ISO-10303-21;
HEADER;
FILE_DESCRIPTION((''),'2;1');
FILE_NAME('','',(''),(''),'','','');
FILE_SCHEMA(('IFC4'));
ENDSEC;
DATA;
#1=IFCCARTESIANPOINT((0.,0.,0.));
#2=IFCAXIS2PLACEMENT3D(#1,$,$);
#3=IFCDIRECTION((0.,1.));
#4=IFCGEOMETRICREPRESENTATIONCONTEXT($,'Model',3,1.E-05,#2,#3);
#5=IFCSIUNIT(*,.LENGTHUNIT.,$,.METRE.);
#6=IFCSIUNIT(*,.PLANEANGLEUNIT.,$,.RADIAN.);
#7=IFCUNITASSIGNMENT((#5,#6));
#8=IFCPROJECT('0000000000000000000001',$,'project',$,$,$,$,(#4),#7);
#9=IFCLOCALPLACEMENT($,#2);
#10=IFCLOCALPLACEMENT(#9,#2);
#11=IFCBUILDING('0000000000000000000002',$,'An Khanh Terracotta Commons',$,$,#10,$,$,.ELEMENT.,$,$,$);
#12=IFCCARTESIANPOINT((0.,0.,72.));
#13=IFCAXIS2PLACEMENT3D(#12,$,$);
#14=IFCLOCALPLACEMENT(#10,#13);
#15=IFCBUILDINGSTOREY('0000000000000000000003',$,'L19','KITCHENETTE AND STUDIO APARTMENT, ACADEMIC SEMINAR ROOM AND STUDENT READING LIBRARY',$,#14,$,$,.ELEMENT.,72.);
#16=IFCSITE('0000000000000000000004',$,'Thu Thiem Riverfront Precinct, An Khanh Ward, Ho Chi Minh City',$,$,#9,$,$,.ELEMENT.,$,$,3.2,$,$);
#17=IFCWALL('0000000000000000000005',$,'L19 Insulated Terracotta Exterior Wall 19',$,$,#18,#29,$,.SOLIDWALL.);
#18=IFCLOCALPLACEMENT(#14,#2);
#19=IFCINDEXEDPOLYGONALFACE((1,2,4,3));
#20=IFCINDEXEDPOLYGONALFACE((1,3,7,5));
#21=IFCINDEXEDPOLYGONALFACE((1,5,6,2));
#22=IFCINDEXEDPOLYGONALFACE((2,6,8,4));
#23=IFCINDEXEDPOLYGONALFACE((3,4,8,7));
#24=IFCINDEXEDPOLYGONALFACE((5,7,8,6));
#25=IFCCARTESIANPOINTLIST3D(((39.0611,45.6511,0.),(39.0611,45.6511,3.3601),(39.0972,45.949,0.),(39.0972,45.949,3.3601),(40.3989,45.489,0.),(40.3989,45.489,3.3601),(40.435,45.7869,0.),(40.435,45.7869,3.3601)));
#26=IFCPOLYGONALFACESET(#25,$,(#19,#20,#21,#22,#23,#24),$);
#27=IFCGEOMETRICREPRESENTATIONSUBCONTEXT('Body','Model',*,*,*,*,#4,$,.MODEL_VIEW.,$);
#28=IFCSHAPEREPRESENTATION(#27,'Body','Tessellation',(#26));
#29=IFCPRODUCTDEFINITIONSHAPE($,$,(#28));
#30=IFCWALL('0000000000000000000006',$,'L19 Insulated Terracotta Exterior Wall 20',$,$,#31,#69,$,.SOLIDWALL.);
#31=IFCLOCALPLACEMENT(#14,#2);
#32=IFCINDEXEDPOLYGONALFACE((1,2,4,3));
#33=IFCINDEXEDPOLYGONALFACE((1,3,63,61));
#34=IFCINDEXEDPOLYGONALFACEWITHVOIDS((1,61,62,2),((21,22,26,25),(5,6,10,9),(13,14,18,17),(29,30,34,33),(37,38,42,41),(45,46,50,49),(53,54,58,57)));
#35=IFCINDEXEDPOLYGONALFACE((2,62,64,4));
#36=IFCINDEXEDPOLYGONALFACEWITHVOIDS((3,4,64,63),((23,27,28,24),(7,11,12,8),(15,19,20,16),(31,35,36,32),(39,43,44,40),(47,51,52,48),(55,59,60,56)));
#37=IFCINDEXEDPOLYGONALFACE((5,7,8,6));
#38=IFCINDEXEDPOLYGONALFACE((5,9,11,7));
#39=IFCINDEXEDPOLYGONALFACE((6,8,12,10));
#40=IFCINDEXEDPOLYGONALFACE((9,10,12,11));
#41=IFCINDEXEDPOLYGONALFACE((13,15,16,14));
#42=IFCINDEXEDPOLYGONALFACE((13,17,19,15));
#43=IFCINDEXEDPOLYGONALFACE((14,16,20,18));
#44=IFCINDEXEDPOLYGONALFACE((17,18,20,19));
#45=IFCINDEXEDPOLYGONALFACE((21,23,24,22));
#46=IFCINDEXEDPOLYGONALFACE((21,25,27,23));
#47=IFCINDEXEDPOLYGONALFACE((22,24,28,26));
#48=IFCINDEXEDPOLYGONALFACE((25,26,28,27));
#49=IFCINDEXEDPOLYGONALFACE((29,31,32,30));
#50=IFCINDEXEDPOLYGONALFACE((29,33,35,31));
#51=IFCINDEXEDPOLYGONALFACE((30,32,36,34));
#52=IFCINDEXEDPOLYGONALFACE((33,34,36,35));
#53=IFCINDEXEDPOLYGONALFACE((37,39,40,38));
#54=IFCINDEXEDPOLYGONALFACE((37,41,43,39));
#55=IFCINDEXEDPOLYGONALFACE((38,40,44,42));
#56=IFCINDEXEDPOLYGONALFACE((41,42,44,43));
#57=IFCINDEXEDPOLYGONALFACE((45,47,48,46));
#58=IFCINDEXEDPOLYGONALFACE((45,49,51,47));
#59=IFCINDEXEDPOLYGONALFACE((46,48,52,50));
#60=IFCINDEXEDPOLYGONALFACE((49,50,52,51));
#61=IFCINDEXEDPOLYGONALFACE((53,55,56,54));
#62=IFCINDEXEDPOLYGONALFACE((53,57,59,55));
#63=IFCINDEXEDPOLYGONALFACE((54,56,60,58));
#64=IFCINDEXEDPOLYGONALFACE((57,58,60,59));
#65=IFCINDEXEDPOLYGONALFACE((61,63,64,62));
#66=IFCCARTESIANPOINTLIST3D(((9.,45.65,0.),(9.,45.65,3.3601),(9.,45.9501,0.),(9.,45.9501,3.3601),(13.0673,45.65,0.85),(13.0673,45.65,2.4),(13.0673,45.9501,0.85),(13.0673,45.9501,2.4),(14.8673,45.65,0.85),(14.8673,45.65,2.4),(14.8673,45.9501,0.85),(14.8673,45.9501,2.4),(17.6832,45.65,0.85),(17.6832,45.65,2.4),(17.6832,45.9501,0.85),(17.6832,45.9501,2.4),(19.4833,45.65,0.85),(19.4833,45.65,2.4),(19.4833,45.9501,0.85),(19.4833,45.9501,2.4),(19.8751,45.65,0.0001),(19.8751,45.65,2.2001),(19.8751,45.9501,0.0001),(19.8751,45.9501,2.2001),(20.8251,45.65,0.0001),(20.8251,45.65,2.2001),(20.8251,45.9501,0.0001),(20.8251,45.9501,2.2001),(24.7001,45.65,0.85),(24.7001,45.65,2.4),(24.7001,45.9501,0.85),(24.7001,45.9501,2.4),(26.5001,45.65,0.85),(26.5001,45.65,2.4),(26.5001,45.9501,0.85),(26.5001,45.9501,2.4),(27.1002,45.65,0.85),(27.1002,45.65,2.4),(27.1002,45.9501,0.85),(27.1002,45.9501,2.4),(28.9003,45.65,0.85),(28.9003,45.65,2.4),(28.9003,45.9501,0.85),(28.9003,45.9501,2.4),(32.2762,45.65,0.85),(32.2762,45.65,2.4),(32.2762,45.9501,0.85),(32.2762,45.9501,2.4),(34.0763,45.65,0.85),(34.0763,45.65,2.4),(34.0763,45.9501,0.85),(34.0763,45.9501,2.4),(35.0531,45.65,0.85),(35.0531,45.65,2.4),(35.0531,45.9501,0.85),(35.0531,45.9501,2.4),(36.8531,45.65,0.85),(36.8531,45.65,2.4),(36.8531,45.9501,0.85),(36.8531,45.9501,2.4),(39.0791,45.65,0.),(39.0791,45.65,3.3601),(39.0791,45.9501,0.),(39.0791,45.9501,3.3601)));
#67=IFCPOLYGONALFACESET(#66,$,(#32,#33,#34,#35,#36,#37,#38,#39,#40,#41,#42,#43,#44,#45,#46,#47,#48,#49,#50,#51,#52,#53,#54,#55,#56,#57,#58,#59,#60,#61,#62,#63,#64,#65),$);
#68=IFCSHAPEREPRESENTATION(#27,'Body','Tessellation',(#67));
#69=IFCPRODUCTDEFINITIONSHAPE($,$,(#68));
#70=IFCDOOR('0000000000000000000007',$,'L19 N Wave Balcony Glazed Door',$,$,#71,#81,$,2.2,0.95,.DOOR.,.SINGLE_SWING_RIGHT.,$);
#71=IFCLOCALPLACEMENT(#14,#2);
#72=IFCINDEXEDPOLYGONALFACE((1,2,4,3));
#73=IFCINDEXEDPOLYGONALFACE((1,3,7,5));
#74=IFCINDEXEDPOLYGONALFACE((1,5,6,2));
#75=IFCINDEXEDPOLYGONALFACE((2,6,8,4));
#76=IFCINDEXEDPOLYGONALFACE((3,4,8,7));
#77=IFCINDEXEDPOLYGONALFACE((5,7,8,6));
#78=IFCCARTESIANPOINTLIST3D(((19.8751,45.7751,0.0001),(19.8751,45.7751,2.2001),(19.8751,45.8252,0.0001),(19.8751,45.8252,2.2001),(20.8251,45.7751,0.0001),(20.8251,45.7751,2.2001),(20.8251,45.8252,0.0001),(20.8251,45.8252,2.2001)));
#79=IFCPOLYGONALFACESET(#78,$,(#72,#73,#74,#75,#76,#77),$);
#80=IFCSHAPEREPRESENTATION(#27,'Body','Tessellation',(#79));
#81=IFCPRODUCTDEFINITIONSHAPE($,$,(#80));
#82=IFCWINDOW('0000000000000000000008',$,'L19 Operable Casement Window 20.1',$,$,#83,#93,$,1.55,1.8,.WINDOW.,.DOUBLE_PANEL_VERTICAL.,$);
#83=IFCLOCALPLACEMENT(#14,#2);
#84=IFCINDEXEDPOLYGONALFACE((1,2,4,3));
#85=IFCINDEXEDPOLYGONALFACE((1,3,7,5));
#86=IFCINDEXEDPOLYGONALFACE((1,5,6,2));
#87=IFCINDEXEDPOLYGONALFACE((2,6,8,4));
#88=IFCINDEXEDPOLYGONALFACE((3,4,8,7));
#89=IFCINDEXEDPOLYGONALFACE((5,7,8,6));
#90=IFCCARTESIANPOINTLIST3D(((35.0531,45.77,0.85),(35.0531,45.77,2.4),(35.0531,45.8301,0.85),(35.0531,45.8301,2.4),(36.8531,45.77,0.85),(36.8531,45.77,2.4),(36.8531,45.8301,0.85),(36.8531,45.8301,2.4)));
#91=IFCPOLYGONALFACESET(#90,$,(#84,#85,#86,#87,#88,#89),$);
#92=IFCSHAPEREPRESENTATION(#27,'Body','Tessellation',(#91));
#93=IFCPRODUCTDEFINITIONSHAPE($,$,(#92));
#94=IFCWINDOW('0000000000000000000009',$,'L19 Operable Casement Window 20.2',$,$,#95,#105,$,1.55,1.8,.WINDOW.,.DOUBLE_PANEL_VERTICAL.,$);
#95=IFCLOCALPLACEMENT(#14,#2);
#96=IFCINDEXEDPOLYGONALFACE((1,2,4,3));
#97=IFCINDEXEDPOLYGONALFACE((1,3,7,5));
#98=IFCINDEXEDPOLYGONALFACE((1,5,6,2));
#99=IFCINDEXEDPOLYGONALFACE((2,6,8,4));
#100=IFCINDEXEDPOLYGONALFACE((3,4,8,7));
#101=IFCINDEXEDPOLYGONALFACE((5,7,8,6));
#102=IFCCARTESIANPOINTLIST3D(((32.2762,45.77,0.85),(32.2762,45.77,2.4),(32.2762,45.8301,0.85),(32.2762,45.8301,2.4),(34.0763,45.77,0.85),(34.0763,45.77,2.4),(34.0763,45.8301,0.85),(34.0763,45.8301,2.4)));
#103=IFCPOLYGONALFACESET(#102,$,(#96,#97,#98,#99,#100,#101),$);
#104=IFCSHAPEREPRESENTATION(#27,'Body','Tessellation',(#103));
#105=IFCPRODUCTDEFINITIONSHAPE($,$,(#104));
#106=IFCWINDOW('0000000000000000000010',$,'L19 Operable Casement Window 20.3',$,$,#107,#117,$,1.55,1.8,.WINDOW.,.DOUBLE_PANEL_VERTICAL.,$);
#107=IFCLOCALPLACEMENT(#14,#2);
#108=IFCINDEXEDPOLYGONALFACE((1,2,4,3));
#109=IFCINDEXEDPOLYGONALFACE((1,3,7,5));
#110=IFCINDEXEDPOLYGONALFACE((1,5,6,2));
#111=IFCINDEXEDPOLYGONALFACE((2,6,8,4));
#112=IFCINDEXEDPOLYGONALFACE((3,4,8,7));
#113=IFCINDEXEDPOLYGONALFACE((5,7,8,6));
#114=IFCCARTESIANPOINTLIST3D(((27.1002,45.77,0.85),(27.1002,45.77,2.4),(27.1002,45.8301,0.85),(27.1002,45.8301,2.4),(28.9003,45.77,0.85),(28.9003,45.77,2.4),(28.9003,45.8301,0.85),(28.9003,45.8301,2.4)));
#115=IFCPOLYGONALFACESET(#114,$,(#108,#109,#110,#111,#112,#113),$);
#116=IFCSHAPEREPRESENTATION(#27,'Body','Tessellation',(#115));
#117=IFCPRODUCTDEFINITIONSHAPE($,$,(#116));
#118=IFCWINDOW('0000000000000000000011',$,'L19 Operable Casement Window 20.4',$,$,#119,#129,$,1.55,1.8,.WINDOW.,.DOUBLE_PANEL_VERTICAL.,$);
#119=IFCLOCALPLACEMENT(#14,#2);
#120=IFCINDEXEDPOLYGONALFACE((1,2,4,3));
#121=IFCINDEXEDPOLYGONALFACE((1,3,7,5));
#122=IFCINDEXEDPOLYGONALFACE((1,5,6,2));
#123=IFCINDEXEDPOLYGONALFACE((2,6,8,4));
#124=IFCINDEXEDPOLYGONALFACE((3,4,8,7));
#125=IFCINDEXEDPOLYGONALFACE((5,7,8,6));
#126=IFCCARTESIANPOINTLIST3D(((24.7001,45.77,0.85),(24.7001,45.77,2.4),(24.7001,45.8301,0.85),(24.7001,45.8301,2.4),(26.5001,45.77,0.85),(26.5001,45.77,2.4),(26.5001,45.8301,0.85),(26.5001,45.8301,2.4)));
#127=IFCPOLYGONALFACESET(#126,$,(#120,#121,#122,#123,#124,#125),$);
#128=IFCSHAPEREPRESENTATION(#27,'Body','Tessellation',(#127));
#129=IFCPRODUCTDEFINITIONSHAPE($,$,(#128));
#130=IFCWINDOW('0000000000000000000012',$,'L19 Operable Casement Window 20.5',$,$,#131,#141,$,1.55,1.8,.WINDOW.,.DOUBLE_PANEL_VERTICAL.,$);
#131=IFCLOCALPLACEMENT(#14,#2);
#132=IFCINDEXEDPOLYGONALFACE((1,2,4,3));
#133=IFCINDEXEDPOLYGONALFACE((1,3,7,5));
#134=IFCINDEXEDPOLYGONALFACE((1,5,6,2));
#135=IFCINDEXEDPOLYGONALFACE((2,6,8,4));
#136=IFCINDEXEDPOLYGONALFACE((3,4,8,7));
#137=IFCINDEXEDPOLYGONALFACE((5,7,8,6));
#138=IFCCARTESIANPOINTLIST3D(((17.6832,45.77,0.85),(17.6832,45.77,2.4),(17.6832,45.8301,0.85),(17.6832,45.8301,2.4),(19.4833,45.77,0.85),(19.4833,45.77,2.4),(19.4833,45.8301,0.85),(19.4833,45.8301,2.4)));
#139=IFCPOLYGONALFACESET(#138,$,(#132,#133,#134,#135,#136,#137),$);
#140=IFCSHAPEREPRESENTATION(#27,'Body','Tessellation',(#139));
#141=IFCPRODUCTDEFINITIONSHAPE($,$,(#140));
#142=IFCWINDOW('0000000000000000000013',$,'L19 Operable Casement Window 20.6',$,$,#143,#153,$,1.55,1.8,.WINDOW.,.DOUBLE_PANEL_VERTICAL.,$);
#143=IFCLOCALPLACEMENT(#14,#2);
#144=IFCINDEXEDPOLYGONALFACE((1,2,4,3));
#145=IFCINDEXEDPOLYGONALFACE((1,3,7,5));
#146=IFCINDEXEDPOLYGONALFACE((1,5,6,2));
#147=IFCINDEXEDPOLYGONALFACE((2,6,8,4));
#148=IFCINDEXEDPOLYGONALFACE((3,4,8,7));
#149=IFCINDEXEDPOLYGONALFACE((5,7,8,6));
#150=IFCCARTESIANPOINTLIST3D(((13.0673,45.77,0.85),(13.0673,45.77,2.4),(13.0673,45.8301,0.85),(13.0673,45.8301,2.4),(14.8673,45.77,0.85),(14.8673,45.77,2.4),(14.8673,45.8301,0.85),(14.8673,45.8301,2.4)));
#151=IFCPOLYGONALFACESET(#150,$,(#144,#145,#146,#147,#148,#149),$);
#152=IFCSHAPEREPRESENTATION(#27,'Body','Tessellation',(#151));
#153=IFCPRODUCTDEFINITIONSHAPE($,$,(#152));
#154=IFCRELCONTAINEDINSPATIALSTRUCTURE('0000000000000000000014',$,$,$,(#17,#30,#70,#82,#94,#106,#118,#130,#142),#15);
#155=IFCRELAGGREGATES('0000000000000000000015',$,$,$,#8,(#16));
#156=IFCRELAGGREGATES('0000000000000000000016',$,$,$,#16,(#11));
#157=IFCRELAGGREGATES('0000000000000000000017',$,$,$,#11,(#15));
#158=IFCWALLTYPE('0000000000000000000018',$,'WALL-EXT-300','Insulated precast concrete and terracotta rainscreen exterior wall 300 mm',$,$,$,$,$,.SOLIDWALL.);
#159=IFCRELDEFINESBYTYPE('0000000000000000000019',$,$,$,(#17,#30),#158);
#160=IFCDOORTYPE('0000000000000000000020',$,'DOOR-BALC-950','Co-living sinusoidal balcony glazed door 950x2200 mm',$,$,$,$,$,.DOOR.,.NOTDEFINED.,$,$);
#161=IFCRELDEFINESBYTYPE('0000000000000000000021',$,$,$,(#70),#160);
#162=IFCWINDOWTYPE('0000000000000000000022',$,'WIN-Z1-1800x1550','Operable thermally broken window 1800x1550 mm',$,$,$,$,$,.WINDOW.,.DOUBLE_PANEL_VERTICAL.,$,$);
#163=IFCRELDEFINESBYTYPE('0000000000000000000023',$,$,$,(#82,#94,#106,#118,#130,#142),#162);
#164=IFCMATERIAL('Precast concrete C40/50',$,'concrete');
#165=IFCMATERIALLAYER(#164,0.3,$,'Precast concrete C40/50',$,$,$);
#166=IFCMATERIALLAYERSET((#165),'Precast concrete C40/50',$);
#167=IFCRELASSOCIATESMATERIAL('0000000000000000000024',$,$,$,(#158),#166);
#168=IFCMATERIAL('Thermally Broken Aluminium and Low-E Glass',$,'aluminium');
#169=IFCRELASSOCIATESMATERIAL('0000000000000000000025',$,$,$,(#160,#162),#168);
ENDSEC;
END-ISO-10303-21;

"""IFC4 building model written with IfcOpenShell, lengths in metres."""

from ifc_helpers import new_model, si_unit, direction, frame, frame_2d, origin, place, context, subcontext, project, spatial, rectangle, extrude, material, layer, layer_set, type_object, element, fill, save


model = new_model("IFC4")

# Units and contexts
model_context = context("Model", 3, precision=1e-05, world=origin(), true_north=direction((0.0, 1.0)))
body_context = subcontext(model_context, "Body", "Model", "MODEL_VIEW")
ifc_project = project(units=[si_unit("LENGTHUNIT", "METRE"), si_unit("PLANEANGLEUNIT", "RADIAN")], contexts=[model_context])

# Site, building, storey
site_placement = place(None, origin())
site = spatial("IfcSite", under=ifc_project, at=site_placement, Name="Thu Thiem Riverfront Precinct, An Khanh Ward, Ho Chi Minh City", CompositionType="ELEMENT", RefElevation=3.2)
building_placement = place(site_placement, origin())
building = spatial("IfcBuilding", under=site, at=building_placement, Name="An Khanh Terracotta Commons", CompositionType="ELEMENT")
storey_placement = place(building_placement, frame((0.0, 0.0, 72.0)))
storey = spatial("IfcBuildingStorey", under=building, at=storey_placement, Name="L19", Description="KITCHENETTE AND STUDIO APARTMENT, ACADEMIC SEMINAR ROOM AND STUDENT READING LIBRARY", CompositionType="ELEMENT", Elevation=72.0)

# Wall
ifc_material_1 = material(Name="Precast concrete C40/50", Category="concrete")
ifc_layer_1 = layer(ifc_material_1, 0.3, Name="Precast concrete C40/50")
ifc_layer_set_1 = layer_set([ifc_layer_1], Name="Precast concrete C40/50")
wall_type_1 = type_object("IfcWallType", Name="WALL-EXT-300", Description="Insulated precast concrete and terracotta rainscreen exterior wall 300 mm", PredefinedType="SOLIDWALL", material=ifc_layer_set_1)
wall_1_placement = place(storey_placement, frame((40.417, 45.6379, 0.0), z_axis=(0.0, 0.0, 1.0), x_axis=(-0.992739, 0.120288, 0.0)))
element("IfcWall", 1, at=wall_1_placement, inside=storey, type_object=wall_type_1, Name="L19 Insulated Terracotta Exterior Wall 19", PredefinedType="SOLIDWALL", context=body_context, shape_type="SweptSolid", body=[
    extrude(rectangle(XDim=1.3477, YDim=0.3, at=frame_2d((0.6738, 0.0))), origin(), (0.0, 0.0, 1.0), 3.3601),
])

# Wall, openings, door, windows
wall_2_placement = place(storey_placement, frame((39.0791, 45.8, 0.0), z_axis=(0.0, 0.0, 1.0), x_axis=(-1.0, 0.0, 0.0)))
wall_2 = element("IfcWall", 2, at=wall_2_placement, inside=storey, type_object=wall_type_1, Name="L19 Insulated Terracotta Exterior Wall 20", PredefinedType="SOLIDWALL", context=body_context, shape_type="SweptSolid", body=[
    extrude(rectangle(XDim=30.0791, YDim=0.3, at=frame_2d((15.0396, 0.0))), origin(), (0.0, 0.0, 1.0), 3.3601),
])
opening_1_placement = place(wall_2_placement, frame((18.2539, 0.0, 0.0)))
opening_1 = element("IfcOpeningElement", 3, at=opening_1_placement, cuts=wall_2, PredefinedType="OPENING", context=body_context, shape_type="SweptSolid", body=[
    extrude(rectangle(XDim=0.95, YDim=2.2, at=frame_2d((0.4751, 1.1001))), frame((0.0, 0.1599, 0.0), z_axis=(0.0, -1.0, 0.0), x_axis=(1.0, 0.0, 0.0)), (0.0, 0.0, 1.0), 0.3201),
])
opening_2_placement = place(wall_2_placement, frame((2.2261, 0.0, 0.8501)))
opening_2 = element("IfcOpeningElement", 4, at=opening_2_placement, cuts=wall_2, PredefinedType="OPENING", context=body_context, shape_type="SweptSolid", body=[
    extrude(rectangle(XDim=1.8, YDim=1.55, at=frame_2d((0.8999, 0.7749))), frame((0.0, 0.1599, 0.0), z_axis=(0.0, -1.0, 0.0), x_axis=(1.0, 0.0, 0.0)), (0.0, 0.0, 1.0), 0.3201),
])
opening_3_placement = place(wall_2_placement, frame((5.0029, 0.0, 0.8501)))
opening_3 = element("IfcOpeningElement", 5, at=opening_3_placement, cuts=wall_2, PredefinedType="OPENING", context=body_context, shape_type="SweptSolid", body=[
    extrude(rectangle(XDim=1.8, YDim=1.55, at=frame_2d((0.8999, 0.7749))), frame((0.0, 0.1599, 0.0), z_axis=(0.0, -1.0, 0.0), x_axis=(1.0, 0.0, 0.0)), (0.0, 0.0, 1.0), 0.3201),
])
opening_4_placement = place(wall_2_placement, frame((10.179, 0.0, 0.8501)))
opening_4 = element("IfcOpeningElement", 6, at=opening_4_placement, cuts=wall_2, PredefinedType="OPENING", context=body_context, shape_type="SweptSolid", body=[
    extrude(rectangle(XDim=1.8, YDim=1.55, at=frame_2d((0.8999, 0.7749))), frame((0.0, 0.1599, 0.0), z_axis=(0.0, -1.0, 0.0), x_axis=(1.0, 0.0, 0.0)), (0.0, 0.0, 1.0), 0.3201),
])
opening_5_placement = place(wall_2_placement, frame((12.5791, 0.0, 0.8501)))
opening_5 = element("IfcOpeningElement", 7, at=opening_5_placement, cuts=wall_2, PredefinedType="OPENING", context=body_context, shape_type="SweptSolid", body=[
    extrude(rectangle(XDim=1.8, YDim=1.55, at=frame_2d((0.8999, 0.7749))), frame((0.0, 0.1599, 0.0), z_axis=(0.0, -1.0, 0.0), x_axis=(1.0, 0.0, 0.0)), (0.0, 0.0, 1.0), 0.3201),
])
opening_6_placement = place(wall_2_placement, frame((19.5959, 0.0, 0.8501)))
opening_6 = element("IfcOpeningElement", 8, at=opening_6_placement, cuts=wall_2, PredefinedType="OPENING", context=body_context, shape_type="SweptSolid", body=[
    extrude(rectangle(XDim=1.8, YDim=1.55, at=frame_2d((0.8999, 0.7749))), frame((0.0, 0.1599, 0.0), z_axis=(0.0, -1.0, 0.0), x_axis=(1.0, 0.0, 0.0)), (0.0, 0.0, 1.0), 0.3201),
])
opening_7_placement = place(wall_2_placement, frame((24.2119, 0.0, 0.8501)))
opening_7 = element("IfcOpeningElement", 9, at=opening_7_placement, cuts=wall_2, PredefinedType="OPENING", context=body_context, shape_type="SweptSolid", body=[
    extrude(rectangle(XDim=1.8, YDim=1.55, at=frame_2d((0.8999, 0.7749))), frame((0.0, 0.1599, 0.0), z_axis=(0.0, -1.0, 0.0), x_axis=(1.0, 0.0, 0.0)), (0.0, 0.0, 1.0), 0.3201),
])
ifc_material_2 = material(Name="Thermally Broken Aluminium and Low-E Glass", Category="aluminium")
door_type_1 = type_object("IfcDoorType", Name="DOOR-BALC-950", Description="Co-living sinusoidal balcony glazed door 950x2200 mm", OperationType="NOTDEFINED", PredefinedType="DOOR", material=ifc_material_2)
door_1_placement = place(opening_1_placement, origin())
door_1 = element("IfcDoor", 10, at=door_1_placement, inside=storey, type_object=door_type_1, Name="L19 N Wave Balcony Glazed Door", OperationType="SINGLE_SWING_RIGHT", OverallHeight=2.2, OverallWidth=0.95, PredefinedType="DOOR", context=body_context, shape_type="SweptSolid", body=[
    extrude(rectangle(XDim=0.95, YDim=2.2, at=frame_2d((0.4751, 1.1001))), frame((0.0, 0.0249, 0.0), z_axis=(0.0, -1.0, 0.0), x_axis=(1.0, 0.0, 0.0)), (0.0, 0.0, 1.0), 0.05),
])
fill(opening_1, door_1)
window_type = type_object("IfcWindowType", Name="WIN-Z1-1800x1550", Description="Operable thermally broken window 1800x1550 mm", PartitioningType="DOUBLE_PANEL_VERTICAL", PredefinedType="WINDOW", material=ifc_material_2)
window_1_placement = place(opening_2_placement, origin())
window_1 = element("IfcWindow", 11, at=window_1_placement, inside=storey, type_object=window_type, Name="L19 Operable Casement Window 20.1", OverallHeight=1.55, OverallWidth=1.8, PartitioningType="DOUBLE_PANEL_VERTICAL", PredefinedType="WINDOW", context=body_context, shape_type="SweptSolid", body=[
    extrude(rectangle(XDim=1.8, YDim=1.55, at=frame_2d((0.8999, 0.7749))), frame((0.0, 0.03, 0.0), z_axis=(0.0, -1.0, 0.0), x_axis=(1.0, 0.0, 0.0)), (0.0, 0.0, 1.0), 0.0601),
])
fill(opening_2, window_1)
window_2_placement = place(opening_3_placement, origin())
window_2 = element("IfcWindow", 12, at=window_2_placement, inside=storey, type_object=window_type, Name="L19 Operable Casement Window 20.2", OverallHeight=1.55, OverallWidth=1.8, PartitioningType="DOUBLE_PANEL_VERTICAL", PredefinedType="WINDOW", context=body_context, shape_type="SweptSolid", body=[
    extrude(rectangle(XDim=1.8, YDim=1.55, at=frame_2d((0.8999, 0.7749))), frame((0.0, 0.03, 0.0), z_axis=(0.0, -1.0, 0.0), x_axis=(1.0, 0.0, 0.0)), (0.0, 0.0, 1.0), 0.0601),
])
fill(opening_3, window_2)
window_3_placement = place(opening_4_placement, origin())
window_3 = element("IfcWindow", 13, at=window_3_placement, inside=storey, type_object=window_type, Name="L19 Operable Casement Window 20.3", OverallHeight=1.55, OverallWidth=1.8, PartitioningType="DOUBLE_PANEL_VERTICAL", PredefinedType="WINDOW", context=body_context, shape_type="SweptSolid", body=[
    extrude(rectangle(XDim=1.8, YDim=1.55, at=frame_2d((0.8999, 0.7749))), frame((0.0, 0.03, 0.0), z_axis=(0.0, -1.0, 0.0), x_axis=(1.0, 0.0, 0.0)), (0.0, 0.0, 1.0), 0.0601),
])
fill(opening_4, window_3)
window_4_placement = place(opening_5_placement, origin())
window_4 = element("IfcWindow", 14, at=window_4_placement, inside=storey, type_object=window_type, Name="L19 Operable Casement Window 20.4", OverallHeight=1.55, OverallWidth=1.8, PartitioningType="DOUBLE_PANEL_VERTICAL", PredefinedType="WINDOW", context=body_context, shape_type="SweptSolid", body=[
    extrude(rectangle(XDim=1.8, YDim=1.55, at=frame_2d((0.8999, 0.7749))), frame((0.0, 0.03, 0.0), z_axis=(0.0, -1.0, 0.0), x_axis=(1.0, 0.0, 0.0)), (0.0, 0.0, 1.0), 0.0601),
])
fill(opening_5, window_4)
window_5_placement = place(opening_6_placement, origin())
window_5 = element("IfcWindow", 15, at=window_5_placement, inside=storey, type_object=window_type, Name="L19 Operable Casement Window 20.5", OverallHeight=1.55, OverallWidth=1.8, PartitioningType="DOUBLE_PANEL_VERTICAL", PredefinedType="WINDOW", context=body_context, shape_type="SweptSolid", body=[
    extrude(rectangle(XDim=1.8, YDim=1.55, at=frame_2d((0.8999, 0.7749))), frame((0.0, 0.03, 0.0), z_axis=(0.0, -1.0, 0.0), x_axis=(1.0, 0.0, 0.0)), (0.0, 0.0, 1.0), 0.0601),
])
fill(opening_6, window_5)
window_6_placement = place(opening_7_placement, origin())
window_6 = element("IfcWindow", 16, at=window_6_placement, inside=storey, type_object=window_type, Name="L19 Operable Casement Window 20.6", OverallHeight=1.55, OverallWidth=1.8, PartitioningType="DOUBLE_PANEL_VERTICAL", PredefinedType="WINDOW", context=body_context, shape_type="SweptSolid", body=[
    extrude(rectangle(XDim=1.8, YDim=1.55, at=frame_2d((0.8999, 0.7749))), frame((0.0, 0.03, 0.0), z_axis=(0.0, -1.0, 0.0), x_axis=(1.0, 0.0, 0.0)), (0.0, 0.0, 1.0), 0.0601),
])
fill(opening_7, window_6)

save(model, "model.ifc")
